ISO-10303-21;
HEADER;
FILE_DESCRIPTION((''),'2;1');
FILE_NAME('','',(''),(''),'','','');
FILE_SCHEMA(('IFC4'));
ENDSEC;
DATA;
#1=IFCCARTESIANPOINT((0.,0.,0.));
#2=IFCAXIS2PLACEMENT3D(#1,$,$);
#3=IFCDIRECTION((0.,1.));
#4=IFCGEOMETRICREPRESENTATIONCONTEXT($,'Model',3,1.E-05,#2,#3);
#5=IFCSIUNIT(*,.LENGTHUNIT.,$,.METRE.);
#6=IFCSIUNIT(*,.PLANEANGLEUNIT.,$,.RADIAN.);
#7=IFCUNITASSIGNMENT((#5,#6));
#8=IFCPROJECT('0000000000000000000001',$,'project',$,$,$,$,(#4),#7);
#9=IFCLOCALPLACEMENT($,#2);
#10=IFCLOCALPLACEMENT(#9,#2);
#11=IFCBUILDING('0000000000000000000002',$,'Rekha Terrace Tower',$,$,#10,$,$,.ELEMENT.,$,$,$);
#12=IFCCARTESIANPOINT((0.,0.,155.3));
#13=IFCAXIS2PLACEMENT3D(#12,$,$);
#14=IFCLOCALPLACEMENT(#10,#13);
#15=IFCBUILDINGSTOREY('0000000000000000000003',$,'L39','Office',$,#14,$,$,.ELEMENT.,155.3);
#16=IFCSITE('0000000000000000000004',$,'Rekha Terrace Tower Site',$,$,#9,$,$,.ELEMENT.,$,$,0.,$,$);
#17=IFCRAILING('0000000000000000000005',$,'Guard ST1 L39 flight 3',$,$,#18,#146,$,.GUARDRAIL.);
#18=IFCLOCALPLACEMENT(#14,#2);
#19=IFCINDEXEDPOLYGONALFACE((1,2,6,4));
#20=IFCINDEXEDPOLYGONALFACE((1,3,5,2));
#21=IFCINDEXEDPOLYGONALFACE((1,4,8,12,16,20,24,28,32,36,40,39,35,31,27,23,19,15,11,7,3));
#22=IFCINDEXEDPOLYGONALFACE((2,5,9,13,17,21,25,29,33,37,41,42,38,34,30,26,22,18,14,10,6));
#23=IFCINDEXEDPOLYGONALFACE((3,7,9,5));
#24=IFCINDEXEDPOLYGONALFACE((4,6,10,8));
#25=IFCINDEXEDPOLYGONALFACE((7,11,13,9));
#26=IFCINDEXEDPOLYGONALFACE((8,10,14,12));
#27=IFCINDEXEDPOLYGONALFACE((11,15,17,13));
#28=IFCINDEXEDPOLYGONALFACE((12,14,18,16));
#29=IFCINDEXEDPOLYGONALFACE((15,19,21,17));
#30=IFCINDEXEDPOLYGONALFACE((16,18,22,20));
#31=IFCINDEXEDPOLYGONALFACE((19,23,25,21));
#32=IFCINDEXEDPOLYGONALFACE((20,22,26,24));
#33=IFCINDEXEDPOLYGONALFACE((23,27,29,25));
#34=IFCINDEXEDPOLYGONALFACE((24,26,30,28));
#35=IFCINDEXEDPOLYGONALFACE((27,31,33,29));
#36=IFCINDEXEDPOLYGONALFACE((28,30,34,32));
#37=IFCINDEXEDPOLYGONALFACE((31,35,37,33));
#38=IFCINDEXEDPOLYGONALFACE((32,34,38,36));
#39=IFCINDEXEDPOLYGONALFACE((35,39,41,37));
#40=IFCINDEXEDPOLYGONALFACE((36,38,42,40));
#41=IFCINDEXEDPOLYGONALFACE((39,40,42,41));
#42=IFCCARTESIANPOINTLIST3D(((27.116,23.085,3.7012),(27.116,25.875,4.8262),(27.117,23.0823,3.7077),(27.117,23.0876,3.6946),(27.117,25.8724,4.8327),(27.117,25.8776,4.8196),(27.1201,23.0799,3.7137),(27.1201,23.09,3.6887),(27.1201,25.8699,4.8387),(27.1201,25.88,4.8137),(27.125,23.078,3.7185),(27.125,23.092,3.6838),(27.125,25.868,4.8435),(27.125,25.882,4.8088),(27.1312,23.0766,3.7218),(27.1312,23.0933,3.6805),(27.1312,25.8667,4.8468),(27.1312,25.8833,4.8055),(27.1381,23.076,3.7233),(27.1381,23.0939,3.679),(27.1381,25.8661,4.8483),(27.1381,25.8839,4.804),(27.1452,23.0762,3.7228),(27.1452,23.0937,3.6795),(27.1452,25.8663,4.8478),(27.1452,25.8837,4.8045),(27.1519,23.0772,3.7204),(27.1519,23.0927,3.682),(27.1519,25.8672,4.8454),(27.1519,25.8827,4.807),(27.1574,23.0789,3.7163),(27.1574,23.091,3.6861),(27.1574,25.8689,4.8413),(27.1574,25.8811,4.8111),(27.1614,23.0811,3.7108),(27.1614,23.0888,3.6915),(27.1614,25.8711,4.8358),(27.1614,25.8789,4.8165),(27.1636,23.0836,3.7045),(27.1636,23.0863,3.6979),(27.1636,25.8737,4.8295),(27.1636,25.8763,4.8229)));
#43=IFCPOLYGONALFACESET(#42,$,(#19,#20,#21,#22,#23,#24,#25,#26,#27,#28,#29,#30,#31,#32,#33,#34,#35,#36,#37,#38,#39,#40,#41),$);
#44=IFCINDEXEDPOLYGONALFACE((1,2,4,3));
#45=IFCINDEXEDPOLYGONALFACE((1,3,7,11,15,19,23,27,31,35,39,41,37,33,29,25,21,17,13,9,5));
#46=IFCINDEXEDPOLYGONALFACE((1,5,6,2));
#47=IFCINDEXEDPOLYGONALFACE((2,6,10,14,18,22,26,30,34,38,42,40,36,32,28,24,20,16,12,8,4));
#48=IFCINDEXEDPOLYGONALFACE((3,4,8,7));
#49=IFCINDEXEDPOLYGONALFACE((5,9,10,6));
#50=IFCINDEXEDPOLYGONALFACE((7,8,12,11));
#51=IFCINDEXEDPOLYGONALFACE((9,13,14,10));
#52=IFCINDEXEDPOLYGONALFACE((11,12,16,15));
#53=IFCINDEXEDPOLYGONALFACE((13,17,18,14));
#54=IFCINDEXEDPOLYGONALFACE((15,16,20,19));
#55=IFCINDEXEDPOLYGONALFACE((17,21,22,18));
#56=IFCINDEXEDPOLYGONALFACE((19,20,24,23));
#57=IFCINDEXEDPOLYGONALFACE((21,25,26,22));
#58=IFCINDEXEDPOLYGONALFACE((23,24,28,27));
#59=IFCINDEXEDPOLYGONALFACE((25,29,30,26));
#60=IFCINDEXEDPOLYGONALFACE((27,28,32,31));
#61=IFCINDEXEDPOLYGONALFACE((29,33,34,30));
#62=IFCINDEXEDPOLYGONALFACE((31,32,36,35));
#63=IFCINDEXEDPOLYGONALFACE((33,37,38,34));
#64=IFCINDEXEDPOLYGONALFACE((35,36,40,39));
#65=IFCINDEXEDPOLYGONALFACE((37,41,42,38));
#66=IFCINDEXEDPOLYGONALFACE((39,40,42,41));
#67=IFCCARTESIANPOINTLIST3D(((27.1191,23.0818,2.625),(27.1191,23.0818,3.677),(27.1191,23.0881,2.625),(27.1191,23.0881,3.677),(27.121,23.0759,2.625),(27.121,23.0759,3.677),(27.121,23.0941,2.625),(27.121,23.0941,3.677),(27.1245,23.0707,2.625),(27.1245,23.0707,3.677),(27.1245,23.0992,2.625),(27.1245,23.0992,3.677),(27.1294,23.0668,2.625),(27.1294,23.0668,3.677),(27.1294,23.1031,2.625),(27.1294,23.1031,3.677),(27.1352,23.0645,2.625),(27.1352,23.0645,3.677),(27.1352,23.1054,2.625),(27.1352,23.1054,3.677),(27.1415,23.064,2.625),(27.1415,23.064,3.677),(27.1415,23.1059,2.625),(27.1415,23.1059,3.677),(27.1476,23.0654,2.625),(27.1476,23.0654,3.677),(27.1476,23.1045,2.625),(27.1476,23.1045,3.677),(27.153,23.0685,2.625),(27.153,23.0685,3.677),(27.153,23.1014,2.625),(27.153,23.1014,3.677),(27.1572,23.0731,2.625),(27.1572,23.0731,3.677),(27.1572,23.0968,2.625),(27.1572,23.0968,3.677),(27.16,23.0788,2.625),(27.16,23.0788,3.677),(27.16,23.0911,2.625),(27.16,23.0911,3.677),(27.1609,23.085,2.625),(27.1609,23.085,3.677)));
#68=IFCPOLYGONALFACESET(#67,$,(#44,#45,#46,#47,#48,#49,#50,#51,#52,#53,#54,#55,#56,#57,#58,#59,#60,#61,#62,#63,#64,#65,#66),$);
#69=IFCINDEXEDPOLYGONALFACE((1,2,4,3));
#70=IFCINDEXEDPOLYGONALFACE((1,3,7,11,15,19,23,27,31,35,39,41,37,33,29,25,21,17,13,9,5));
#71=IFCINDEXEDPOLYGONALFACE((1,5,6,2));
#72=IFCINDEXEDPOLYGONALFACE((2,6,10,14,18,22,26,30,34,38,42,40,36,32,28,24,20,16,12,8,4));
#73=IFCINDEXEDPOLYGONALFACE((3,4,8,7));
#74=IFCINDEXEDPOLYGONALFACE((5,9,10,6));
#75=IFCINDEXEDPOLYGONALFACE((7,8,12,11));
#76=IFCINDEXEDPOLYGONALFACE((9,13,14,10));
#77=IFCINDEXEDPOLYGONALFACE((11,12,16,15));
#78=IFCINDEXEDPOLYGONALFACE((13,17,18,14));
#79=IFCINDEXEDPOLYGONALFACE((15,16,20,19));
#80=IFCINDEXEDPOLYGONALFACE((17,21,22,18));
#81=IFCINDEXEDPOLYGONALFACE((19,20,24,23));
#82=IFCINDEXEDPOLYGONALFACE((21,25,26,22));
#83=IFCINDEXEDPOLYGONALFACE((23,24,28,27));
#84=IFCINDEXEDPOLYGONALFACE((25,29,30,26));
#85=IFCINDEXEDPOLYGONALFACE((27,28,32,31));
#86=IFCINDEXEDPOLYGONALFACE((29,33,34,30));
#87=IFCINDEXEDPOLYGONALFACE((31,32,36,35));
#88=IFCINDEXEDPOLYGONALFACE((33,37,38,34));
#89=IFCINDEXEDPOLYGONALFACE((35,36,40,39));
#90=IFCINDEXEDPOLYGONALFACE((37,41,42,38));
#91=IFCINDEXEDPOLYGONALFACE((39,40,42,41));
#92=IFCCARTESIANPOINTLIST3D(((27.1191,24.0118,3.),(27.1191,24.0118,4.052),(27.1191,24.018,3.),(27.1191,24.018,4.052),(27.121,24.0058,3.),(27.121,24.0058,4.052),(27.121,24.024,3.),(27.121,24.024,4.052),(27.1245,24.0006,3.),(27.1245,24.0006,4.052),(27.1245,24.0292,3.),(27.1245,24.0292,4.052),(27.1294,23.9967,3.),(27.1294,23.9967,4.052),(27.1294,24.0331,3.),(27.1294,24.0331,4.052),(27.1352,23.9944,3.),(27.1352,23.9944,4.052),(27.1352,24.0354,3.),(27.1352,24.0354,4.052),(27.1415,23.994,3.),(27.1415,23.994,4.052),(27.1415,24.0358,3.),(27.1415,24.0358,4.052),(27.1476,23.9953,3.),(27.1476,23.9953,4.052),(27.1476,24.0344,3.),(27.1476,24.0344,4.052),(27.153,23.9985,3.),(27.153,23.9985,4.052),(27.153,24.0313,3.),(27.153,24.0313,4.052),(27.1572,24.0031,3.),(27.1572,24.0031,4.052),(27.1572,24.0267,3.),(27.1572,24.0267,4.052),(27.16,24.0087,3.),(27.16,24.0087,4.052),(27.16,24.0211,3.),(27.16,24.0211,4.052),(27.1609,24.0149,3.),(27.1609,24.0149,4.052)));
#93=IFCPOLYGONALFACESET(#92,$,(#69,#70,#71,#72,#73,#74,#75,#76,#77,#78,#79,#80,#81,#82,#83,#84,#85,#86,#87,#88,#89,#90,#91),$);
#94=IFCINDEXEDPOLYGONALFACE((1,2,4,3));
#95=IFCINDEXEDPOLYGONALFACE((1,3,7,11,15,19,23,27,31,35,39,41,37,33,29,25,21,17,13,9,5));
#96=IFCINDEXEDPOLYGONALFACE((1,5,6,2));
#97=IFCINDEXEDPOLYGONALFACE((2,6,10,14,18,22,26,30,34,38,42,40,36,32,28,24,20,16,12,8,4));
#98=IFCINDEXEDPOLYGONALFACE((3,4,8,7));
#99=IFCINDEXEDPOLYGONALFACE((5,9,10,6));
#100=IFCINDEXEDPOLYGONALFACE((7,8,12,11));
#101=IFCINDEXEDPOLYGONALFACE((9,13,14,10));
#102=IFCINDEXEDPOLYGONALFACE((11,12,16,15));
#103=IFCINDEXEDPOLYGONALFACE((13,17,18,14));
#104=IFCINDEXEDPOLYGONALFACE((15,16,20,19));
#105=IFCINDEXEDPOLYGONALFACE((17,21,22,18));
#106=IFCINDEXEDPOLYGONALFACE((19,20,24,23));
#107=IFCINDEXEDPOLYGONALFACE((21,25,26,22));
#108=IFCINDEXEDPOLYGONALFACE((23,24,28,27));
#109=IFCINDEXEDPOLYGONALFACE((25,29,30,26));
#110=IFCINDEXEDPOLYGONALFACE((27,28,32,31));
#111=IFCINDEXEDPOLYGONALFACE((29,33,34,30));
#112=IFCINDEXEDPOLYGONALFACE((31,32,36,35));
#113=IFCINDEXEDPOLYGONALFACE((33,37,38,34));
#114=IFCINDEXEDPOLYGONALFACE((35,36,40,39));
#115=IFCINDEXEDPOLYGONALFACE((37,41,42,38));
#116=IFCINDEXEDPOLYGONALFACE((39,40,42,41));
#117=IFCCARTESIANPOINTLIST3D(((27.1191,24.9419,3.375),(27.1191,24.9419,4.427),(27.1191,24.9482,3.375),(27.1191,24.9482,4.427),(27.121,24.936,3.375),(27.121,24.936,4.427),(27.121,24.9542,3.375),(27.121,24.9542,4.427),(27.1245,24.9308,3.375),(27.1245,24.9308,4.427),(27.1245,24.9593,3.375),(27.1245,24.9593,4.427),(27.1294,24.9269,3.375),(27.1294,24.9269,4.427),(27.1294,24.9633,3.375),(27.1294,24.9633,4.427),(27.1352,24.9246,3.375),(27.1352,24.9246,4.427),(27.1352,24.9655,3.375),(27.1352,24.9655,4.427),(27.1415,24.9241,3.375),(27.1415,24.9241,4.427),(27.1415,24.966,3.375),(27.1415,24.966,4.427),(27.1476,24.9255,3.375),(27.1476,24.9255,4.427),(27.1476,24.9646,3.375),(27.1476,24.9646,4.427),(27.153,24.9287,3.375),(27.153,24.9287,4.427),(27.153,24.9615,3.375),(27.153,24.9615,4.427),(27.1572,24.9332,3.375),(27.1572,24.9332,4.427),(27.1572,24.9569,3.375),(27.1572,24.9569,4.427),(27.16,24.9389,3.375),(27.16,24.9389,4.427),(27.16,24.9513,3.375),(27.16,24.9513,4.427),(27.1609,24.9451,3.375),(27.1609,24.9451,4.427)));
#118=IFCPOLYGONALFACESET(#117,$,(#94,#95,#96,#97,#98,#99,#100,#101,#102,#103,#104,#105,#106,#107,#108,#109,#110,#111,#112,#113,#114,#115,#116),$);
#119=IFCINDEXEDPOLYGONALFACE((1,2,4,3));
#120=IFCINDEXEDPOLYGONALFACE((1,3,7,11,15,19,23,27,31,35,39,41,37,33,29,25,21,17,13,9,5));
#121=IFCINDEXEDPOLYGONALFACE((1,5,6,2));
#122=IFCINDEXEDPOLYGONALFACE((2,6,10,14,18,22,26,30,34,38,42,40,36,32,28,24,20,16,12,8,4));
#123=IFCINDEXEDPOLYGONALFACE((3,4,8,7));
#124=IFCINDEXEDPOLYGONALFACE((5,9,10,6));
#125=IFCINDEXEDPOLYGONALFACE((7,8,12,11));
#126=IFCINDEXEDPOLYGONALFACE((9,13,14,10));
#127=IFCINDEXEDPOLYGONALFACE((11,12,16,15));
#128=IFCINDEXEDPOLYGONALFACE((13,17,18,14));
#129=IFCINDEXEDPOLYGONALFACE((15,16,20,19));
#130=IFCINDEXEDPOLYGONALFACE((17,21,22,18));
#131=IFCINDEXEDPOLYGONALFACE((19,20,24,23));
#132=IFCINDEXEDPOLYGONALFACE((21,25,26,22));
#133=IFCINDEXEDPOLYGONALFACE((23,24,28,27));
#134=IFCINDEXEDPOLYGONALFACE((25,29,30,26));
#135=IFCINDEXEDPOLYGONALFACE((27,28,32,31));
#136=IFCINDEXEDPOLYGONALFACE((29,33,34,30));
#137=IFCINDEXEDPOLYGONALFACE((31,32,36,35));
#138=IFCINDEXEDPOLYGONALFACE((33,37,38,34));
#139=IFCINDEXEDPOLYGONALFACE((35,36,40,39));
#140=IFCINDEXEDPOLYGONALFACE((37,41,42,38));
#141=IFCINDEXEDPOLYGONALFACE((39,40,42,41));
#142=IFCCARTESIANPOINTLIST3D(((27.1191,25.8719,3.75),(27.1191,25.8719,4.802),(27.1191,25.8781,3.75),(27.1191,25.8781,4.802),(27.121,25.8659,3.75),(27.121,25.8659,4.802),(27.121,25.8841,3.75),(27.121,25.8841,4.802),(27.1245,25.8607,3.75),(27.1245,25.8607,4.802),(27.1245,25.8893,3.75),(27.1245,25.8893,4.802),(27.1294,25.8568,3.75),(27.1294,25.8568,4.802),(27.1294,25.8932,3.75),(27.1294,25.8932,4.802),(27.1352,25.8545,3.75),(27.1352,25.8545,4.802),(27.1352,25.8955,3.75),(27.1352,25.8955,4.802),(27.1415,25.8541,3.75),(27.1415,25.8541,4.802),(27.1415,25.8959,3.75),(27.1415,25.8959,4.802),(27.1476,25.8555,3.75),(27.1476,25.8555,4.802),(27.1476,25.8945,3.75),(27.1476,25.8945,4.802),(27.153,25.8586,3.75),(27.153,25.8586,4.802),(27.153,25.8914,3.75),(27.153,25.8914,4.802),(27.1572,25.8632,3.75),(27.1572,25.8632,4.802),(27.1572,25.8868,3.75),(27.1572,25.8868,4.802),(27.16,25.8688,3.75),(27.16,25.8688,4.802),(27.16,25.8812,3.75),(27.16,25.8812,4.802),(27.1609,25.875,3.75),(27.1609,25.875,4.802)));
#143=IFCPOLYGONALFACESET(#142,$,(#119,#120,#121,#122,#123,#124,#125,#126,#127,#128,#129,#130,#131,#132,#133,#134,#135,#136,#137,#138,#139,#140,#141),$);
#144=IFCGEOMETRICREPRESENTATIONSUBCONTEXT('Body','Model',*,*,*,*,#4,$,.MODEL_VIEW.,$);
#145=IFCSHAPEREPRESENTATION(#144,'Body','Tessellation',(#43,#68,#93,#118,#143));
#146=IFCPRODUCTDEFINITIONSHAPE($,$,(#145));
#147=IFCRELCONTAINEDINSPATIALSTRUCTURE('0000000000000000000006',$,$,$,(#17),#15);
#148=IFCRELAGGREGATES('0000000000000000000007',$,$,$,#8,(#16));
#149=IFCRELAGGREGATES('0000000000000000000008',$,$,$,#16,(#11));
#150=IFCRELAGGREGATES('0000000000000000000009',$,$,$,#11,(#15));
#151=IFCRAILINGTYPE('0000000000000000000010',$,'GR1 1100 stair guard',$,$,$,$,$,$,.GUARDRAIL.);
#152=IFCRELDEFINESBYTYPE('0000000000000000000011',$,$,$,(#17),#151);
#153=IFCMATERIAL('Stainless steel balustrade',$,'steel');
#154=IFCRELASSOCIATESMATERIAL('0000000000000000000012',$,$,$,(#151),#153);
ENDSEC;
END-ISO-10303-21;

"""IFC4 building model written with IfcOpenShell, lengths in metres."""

from ifc_helpers import new_model, si_unit, direction, frame, origin, origin_2d, place, context, subcontext, project, spatial, circle, extrude, material, type_object, element, save


model = new_model("IFC4")

# Units and contexts
model_context = context("Model", 3, precision=1e-05, world=origin(), true_north=direction((0.0, 1.0)))
body_context = subcontext(model_context, "Body", "Model", "MODEL_VIEW")
ifc_project = project(units=[si_unit("LENGTHUNIT", "METRE"), si_unit("PLANEANGLEUNIT", "RADIAN")], contexts=[model_context])

# Site, building, storey
site_placement = place(None, origin())
site = spatial("IfcSite", under=ifc_project, at=site_placement, Name="Rekha Terrace Tower Site", CompositionType="ELEMENT", RefElevation=0.0)
building_placement = place(site_placement, origin())
building = spatial("IfcBuilding", under=site, at=building_placement, Name="Rekha Terrace Tower", CompositionType="ELEMENT")
storey_placement = place(building_placement, frame((0.0, 0.0, 155.3)))
storey = spatial("IfcBuildingStorey", under=building, at=storey_placement, Name="L39", Description="Office", CompositionType="ELEMENT", Elevation=155.3)

# Railing
ifc_material_1 = material(Name="Stainless steel balustrade", Category="steel")
railing_type_1 = type_object("IfcRailingType", Name="GR1 1100 stair guard", PredefinedType="GUARDRAIL", material=ifc_material_1)
railing_1_placement = place(storey_placement, frame((27.1399, 23.085, 2.625)))
element("IfcRailing", 1, at=railing_1_placement, inside=storey, type_object=railing_type_1, Name="Guard ST1 L39 flight 3", PredefinedType="GUARDRAIL", context=body_context, shape_type="SweptSolid", body=[
    extrude(circle(Radius=0.0239, at=origin_2d()), frame((0.0, 0.0, 1.0762), z_axis=(0.0, 0.927443, 0.373964), x_axis=(-1.0, 0.0, 0.0)), (0.0, 0.0, 1.0), 3.0083),
    extrude(circle(Radius=0.021, at=origin_2d()), origin(), (0.0, 0.0, 1.0), 1.052),
    extrude(circle(Radius=0.021, at=origin_2d()), frame((0.0, 0.9299, 0.375)), (0.0, 0.0, 1.0), 1.052),
    extrude(circle(Radius=0.021, at=origin_2d()), frame((0.0, 1.8601, 0.75)), (0.0, 0.0, 1.0), 1.052),
    extrude(circle(Radius=0.021, at=origin_2d()), frame((0.0, 2.79, 1.125)), (0.0, 0.0, 1.0), 1.052),
])

save(model, "model.ifc")
